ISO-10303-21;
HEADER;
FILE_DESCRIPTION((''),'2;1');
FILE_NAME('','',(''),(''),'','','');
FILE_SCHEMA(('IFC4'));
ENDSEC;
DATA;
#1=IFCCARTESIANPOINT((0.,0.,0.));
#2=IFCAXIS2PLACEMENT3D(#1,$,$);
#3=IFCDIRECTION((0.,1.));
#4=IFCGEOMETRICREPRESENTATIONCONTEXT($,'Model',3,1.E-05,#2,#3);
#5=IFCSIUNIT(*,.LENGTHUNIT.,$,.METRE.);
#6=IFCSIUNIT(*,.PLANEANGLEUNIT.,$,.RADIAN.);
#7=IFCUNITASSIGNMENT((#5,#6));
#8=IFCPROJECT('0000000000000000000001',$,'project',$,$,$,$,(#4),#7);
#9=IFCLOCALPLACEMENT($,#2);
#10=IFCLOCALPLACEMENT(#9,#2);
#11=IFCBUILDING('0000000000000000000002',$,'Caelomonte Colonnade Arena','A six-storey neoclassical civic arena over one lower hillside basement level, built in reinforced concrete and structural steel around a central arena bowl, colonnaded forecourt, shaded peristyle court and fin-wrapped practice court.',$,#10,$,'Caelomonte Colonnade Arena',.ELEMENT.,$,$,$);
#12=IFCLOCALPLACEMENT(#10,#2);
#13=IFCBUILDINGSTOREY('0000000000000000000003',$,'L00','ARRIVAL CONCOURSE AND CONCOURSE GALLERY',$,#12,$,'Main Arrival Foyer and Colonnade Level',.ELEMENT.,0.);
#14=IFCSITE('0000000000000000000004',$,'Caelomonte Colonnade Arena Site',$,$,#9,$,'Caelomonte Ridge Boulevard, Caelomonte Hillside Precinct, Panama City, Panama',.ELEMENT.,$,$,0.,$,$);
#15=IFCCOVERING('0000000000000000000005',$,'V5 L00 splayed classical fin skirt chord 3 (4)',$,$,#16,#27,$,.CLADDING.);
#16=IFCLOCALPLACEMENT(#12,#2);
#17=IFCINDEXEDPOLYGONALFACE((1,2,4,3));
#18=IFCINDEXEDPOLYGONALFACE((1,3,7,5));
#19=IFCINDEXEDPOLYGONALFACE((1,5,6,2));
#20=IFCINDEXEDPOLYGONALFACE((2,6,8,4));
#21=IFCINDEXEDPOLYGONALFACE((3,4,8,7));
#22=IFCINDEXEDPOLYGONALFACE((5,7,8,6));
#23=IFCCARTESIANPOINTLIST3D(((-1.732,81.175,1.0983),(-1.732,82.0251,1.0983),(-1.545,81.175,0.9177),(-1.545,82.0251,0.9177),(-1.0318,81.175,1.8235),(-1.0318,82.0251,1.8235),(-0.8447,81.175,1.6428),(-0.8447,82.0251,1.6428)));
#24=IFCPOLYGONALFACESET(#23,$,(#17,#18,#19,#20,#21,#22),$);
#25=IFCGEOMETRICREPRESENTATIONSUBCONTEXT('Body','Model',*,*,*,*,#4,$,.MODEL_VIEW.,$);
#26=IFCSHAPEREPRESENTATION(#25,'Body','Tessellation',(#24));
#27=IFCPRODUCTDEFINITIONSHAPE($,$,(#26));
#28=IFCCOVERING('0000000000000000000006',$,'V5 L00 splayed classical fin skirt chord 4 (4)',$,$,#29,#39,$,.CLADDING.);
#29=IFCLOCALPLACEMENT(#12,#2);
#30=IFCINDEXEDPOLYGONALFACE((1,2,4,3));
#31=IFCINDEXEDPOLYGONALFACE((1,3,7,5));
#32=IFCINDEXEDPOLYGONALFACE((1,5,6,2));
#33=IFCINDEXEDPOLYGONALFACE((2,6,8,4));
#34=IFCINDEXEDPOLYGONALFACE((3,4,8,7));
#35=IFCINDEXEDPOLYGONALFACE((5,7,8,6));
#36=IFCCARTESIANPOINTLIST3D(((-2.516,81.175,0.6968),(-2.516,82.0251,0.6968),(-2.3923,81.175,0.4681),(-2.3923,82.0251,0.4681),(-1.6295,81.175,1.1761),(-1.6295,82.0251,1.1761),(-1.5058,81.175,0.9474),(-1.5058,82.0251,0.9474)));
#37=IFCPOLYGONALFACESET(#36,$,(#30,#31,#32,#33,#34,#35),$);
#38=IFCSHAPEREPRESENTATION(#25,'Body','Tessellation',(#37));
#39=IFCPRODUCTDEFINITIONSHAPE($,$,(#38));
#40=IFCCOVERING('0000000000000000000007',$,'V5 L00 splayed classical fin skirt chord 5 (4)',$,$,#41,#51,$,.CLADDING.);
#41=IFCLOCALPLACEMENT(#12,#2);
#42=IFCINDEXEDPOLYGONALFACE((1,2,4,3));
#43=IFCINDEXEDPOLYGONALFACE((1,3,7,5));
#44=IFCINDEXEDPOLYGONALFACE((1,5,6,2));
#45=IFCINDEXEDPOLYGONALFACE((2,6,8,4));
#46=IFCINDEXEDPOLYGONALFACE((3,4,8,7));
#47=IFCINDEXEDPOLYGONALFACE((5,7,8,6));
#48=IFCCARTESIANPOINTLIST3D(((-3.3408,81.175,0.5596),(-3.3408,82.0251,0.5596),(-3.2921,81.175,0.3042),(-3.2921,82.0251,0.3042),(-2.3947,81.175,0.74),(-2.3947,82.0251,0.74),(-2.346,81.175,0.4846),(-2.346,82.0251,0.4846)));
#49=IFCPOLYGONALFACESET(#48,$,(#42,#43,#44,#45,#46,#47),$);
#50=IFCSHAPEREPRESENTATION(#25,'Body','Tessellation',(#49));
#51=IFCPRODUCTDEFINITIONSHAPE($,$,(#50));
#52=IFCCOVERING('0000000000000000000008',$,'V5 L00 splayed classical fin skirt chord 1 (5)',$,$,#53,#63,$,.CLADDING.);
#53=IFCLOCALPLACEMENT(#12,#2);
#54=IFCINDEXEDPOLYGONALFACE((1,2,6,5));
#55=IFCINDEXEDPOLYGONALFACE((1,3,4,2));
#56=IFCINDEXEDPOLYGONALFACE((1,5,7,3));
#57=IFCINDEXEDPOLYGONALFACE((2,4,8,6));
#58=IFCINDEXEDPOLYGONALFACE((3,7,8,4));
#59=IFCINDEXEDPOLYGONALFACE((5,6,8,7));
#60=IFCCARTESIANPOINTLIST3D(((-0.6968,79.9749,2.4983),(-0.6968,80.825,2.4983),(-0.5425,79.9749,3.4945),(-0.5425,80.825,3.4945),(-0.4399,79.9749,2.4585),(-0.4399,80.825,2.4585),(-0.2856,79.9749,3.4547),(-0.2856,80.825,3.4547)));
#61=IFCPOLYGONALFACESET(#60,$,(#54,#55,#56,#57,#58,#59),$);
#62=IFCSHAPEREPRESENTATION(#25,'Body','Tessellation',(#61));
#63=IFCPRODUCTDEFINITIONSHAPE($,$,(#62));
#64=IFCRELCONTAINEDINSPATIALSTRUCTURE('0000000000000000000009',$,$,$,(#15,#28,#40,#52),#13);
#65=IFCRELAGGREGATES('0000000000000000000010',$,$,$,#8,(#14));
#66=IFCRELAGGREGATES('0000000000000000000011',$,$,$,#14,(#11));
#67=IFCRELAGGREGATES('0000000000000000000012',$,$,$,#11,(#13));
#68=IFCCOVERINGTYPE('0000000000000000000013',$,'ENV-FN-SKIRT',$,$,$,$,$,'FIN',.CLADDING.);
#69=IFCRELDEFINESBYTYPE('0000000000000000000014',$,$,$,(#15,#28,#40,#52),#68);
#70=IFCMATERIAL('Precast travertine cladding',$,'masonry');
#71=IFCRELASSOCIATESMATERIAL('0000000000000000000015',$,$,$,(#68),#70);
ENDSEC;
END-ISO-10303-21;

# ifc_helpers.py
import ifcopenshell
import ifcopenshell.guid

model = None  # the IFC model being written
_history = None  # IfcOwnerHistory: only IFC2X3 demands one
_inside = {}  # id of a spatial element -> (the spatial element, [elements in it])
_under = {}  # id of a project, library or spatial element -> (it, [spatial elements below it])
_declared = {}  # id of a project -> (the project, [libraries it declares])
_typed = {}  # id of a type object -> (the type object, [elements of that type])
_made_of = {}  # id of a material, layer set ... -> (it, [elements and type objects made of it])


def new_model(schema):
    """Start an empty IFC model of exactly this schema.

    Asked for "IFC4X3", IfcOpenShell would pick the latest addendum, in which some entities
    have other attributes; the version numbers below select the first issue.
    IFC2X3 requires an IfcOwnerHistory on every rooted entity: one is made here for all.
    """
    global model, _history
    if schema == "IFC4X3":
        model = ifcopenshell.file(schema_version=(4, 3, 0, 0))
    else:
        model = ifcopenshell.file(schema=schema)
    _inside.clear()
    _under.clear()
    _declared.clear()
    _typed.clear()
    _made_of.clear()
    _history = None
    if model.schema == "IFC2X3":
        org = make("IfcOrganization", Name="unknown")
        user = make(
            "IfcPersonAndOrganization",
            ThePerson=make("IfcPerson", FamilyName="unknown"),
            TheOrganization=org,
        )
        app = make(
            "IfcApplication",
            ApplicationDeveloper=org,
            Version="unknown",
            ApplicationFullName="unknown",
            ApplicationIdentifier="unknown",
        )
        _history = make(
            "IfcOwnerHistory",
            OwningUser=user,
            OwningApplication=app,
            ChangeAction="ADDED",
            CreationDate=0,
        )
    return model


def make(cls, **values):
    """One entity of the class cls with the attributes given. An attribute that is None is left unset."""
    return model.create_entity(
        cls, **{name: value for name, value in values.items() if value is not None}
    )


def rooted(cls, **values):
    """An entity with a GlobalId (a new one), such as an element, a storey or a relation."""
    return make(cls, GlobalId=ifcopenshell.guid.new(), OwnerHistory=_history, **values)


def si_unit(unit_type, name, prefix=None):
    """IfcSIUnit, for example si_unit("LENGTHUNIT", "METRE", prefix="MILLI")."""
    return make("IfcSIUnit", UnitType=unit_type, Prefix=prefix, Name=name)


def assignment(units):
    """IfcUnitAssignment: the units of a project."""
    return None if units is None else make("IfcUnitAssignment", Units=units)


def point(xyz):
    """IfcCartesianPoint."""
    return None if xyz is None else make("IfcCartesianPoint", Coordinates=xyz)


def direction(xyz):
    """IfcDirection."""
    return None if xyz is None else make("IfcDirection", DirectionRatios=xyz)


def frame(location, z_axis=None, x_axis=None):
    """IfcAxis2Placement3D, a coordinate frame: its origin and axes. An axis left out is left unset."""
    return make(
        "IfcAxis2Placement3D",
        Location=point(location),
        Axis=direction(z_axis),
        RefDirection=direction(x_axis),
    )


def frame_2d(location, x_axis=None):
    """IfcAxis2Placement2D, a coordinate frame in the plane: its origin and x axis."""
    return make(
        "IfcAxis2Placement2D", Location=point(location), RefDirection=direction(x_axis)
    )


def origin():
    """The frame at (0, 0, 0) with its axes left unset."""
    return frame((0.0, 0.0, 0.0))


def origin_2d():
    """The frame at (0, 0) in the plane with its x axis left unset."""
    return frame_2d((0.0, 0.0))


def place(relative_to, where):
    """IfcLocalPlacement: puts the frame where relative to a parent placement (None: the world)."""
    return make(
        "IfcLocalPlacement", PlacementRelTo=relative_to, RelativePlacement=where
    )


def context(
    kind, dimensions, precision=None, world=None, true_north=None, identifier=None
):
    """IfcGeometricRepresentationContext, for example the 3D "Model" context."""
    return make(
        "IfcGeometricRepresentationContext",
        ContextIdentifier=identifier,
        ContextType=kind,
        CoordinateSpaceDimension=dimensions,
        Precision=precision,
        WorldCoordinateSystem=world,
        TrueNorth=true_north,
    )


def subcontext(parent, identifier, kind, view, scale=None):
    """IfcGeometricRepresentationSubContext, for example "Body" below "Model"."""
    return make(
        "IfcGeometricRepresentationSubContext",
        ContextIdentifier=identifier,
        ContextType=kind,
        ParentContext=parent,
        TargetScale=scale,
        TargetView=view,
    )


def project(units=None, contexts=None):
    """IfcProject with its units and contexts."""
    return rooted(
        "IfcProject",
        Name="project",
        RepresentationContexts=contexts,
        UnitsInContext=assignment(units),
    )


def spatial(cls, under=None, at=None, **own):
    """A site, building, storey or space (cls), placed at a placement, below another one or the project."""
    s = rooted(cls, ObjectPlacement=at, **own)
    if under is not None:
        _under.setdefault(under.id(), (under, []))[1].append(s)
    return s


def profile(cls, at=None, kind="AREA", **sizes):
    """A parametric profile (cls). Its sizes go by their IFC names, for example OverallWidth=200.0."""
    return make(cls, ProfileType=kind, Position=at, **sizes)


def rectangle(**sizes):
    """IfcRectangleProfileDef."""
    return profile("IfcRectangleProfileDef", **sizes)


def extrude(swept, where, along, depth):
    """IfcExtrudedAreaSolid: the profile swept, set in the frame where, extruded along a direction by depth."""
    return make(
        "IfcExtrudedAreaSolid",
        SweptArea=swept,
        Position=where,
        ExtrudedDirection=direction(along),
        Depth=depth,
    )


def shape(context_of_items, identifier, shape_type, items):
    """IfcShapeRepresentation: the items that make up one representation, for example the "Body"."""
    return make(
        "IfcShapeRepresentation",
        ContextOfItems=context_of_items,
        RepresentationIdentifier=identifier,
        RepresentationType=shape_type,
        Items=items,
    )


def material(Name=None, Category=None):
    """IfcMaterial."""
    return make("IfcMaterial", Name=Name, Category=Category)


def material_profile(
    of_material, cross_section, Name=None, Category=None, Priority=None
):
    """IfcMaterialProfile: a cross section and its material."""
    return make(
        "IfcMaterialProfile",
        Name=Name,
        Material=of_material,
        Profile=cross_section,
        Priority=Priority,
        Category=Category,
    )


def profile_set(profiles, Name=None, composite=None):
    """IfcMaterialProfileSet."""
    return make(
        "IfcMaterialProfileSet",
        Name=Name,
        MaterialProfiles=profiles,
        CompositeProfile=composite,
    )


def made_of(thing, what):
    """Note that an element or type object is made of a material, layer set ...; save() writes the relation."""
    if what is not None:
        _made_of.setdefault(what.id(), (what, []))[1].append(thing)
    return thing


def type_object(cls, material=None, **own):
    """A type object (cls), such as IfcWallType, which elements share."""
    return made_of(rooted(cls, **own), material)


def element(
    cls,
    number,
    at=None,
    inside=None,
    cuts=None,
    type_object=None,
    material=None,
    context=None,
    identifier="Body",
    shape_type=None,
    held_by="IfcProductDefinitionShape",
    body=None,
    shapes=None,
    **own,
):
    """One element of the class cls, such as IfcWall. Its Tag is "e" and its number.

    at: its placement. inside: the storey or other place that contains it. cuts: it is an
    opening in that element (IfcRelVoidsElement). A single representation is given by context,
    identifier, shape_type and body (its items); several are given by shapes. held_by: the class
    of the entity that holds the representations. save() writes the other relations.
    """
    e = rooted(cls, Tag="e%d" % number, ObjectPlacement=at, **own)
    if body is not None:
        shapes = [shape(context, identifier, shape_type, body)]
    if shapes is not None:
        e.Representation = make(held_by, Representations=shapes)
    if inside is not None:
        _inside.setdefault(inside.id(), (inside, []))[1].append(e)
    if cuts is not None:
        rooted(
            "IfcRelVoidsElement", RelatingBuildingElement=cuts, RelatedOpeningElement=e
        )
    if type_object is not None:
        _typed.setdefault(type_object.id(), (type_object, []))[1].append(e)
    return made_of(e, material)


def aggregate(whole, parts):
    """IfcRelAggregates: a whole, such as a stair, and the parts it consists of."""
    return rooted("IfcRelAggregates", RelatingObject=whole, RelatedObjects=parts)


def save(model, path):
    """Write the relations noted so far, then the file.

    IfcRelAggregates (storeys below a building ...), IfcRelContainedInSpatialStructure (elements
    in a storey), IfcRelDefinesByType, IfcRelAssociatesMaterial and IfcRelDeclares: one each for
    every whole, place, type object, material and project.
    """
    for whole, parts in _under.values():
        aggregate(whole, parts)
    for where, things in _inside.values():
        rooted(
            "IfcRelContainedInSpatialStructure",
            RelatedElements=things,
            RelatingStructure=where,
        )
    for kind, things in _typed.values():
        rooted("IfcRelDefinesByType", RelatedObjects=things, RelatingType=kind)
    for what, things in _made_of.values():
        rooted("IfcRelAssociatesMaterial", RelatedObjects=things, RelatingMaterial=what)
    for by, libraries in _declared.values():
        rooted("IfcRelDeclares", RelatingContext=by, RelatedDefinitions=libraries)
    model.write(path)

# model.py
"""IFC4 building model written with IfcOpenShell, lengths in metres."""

from ifc_helpers import new_model, si_unit, direction, frame, origin, origin_2d, place, context, subcontext, project, spatial, rectangle, extrude, material, material_profile, profile_set, type_object, element, save


model = new_model("IFC4")

# Units and contexts
model_context = context("Model", 3, precision=1e-05, world=origin(), true_north=direction((0.0, 1.0)))
body_context = subcontext(model_context, "Body", "Model", "MODEL_VIEW")
ifc_project = project(units=[si_unit("LENGTHUNIT", "METRE"), si_unit("PLANEANGLEUNIT", "RADIAN")], contexts=[model_context])

# Site, building, storey
site_placement = place(None, origin())
site = spatial("IfcSite", under=ifc_project, at=site_placement, Name="Caelomonte Colonnade Arena Site", LongName="Caelomonte Ridge Boulevard, Caelomonte Hillside Precinct, Panama City, Panama", CompositionType="ELEMENT", RefElevation=0.0)
building_placement = place(site_placement, origin())
building = spatial("IfcBuilding", under=site, at=building_placement, Name="Caelomonte Colonnade Arena", Description="A six-storey neoclassical civic arena over one lower hillside basement level, built in reinforced concrete and structural steel around a central arena bowl, colonnaded forecourt, shaded peristyle court and fin-wrapped practice court.", LongName="Caelomonte Colonnade Arena", CompositionType="ELEMENT")
storey_placement = place(building_placement, origin())
storey = spatial("IfcBuildingStorey", under=building, at=storey_placement, Name="L00", Description="ARRIVAL CONCOURSE AND CONCOURSE GALLERY", LongName="Main Arrival Foyer and Colonnade Level", CompositionType="ELEMENT", Elevation=0.0)

# Coverings
ifc_material_1 = material(Name="Precast travertine cladding", Category="masonry")
ifc_material_profile_1 = material_profile(ifc_material_1, rectangle(XDim=0.26, YDim=0.8501, at=origin_2d()), Name="FIN260X850")
ifc_profile_set_1 = profile_set([ifc_material_profile_1], Name="Precast travertine cladding")
covering_type = type_object("IfcCoveringType", Name="ENV-FN-SKIRT", ElementType="FIN", PredefinedType="CLADDING", material=ifc_profile_set_1)
covering_1_placement = place(storey_placement, frame((-0.9382, 81.6001, 1.7332), z_axis=(-0.694646, 0.0, -0.719351), x_axis=(-0.719351, 0.0, 0.694646)))
element("IfcCovering", 1, at=covering_1_placement, inside=storey, type_object=covering_type, Name="V5 L00 splayed classical fin skirt chord 3 (4)", PredefinedType="CLADDING", context=body_context, shape_type="SweptSolid", body=[
    extrude(rectangle(XDim=0.26, YDim=0.8501, at=origin_2d()), origin(), (0.0, 0.0, 1.0), 1.0081),
])
covering_2_placement = place(storey_placement, frame((-1.5676, 81.6001, 1.0618), z_axis=(-0.879676, 0.0, -0.475573), x_axis=(-0.475573, 0.0, 0.879676)))
element("IfcCovering", 2, at=covering_2_placement, inside=storey, type_object=covering_type, Name="V5 L00 splayed classical fin skirt chord 4 (4)", PredefinedType="CLADDING", context=body_context, shape_type="SweptSolid", body=[
    extrude(rectangle(XDim=0.26, YDim=0.8501, at=origin_2d()), origin(), (0.0, 0.0, 1.0), 1.0078),
])
covering_3_placement = place(storey_placement, frame((-2.3704, 81.6001, 0.6123), z_axis=(-0.982296, 0.0, -0.187333), x_axis=(-0.187333, 0.0, 0.982296)))
element("IfcCovering", 3, at=covering_3_placement, inside=storey, type_object=covering_type, Name="V5 L00 splayed classical fin skirt chord 5 (4)", PredefinedType="CLADDING", context=body_context, shape_type="SweptSolid", body=[
    extrude(rectangle(XDim=0.26, YDim=0.8501, at=origin_2d()), origin(), (0.0, 0.0, 1.0), 0.9631),
])
covering_4_placement = place(storey_placement, frame((-0.4141, 80.3999, 3.4746), z_axis=(-0.153076, 0.0, -0.988214), x_axis=(-0.988214, 0.0, 0.153076)))
element("IfcCovering", 4, at=covering_4_placement, inside=storey, type_object=covering_type, Name="V5 L00 splayed classical fin skirt chord 1 (5)", PredefinedType="CLADDING", context=body_context, shape_type="SweptSolid", body=[
    extrude(rectangle(XDim=0.26, YDim=0.8501, at=origin_2d()), origin(), (0.0, 0.0, 1.0), 1.0081),
])

save(model, "model.ifc")
